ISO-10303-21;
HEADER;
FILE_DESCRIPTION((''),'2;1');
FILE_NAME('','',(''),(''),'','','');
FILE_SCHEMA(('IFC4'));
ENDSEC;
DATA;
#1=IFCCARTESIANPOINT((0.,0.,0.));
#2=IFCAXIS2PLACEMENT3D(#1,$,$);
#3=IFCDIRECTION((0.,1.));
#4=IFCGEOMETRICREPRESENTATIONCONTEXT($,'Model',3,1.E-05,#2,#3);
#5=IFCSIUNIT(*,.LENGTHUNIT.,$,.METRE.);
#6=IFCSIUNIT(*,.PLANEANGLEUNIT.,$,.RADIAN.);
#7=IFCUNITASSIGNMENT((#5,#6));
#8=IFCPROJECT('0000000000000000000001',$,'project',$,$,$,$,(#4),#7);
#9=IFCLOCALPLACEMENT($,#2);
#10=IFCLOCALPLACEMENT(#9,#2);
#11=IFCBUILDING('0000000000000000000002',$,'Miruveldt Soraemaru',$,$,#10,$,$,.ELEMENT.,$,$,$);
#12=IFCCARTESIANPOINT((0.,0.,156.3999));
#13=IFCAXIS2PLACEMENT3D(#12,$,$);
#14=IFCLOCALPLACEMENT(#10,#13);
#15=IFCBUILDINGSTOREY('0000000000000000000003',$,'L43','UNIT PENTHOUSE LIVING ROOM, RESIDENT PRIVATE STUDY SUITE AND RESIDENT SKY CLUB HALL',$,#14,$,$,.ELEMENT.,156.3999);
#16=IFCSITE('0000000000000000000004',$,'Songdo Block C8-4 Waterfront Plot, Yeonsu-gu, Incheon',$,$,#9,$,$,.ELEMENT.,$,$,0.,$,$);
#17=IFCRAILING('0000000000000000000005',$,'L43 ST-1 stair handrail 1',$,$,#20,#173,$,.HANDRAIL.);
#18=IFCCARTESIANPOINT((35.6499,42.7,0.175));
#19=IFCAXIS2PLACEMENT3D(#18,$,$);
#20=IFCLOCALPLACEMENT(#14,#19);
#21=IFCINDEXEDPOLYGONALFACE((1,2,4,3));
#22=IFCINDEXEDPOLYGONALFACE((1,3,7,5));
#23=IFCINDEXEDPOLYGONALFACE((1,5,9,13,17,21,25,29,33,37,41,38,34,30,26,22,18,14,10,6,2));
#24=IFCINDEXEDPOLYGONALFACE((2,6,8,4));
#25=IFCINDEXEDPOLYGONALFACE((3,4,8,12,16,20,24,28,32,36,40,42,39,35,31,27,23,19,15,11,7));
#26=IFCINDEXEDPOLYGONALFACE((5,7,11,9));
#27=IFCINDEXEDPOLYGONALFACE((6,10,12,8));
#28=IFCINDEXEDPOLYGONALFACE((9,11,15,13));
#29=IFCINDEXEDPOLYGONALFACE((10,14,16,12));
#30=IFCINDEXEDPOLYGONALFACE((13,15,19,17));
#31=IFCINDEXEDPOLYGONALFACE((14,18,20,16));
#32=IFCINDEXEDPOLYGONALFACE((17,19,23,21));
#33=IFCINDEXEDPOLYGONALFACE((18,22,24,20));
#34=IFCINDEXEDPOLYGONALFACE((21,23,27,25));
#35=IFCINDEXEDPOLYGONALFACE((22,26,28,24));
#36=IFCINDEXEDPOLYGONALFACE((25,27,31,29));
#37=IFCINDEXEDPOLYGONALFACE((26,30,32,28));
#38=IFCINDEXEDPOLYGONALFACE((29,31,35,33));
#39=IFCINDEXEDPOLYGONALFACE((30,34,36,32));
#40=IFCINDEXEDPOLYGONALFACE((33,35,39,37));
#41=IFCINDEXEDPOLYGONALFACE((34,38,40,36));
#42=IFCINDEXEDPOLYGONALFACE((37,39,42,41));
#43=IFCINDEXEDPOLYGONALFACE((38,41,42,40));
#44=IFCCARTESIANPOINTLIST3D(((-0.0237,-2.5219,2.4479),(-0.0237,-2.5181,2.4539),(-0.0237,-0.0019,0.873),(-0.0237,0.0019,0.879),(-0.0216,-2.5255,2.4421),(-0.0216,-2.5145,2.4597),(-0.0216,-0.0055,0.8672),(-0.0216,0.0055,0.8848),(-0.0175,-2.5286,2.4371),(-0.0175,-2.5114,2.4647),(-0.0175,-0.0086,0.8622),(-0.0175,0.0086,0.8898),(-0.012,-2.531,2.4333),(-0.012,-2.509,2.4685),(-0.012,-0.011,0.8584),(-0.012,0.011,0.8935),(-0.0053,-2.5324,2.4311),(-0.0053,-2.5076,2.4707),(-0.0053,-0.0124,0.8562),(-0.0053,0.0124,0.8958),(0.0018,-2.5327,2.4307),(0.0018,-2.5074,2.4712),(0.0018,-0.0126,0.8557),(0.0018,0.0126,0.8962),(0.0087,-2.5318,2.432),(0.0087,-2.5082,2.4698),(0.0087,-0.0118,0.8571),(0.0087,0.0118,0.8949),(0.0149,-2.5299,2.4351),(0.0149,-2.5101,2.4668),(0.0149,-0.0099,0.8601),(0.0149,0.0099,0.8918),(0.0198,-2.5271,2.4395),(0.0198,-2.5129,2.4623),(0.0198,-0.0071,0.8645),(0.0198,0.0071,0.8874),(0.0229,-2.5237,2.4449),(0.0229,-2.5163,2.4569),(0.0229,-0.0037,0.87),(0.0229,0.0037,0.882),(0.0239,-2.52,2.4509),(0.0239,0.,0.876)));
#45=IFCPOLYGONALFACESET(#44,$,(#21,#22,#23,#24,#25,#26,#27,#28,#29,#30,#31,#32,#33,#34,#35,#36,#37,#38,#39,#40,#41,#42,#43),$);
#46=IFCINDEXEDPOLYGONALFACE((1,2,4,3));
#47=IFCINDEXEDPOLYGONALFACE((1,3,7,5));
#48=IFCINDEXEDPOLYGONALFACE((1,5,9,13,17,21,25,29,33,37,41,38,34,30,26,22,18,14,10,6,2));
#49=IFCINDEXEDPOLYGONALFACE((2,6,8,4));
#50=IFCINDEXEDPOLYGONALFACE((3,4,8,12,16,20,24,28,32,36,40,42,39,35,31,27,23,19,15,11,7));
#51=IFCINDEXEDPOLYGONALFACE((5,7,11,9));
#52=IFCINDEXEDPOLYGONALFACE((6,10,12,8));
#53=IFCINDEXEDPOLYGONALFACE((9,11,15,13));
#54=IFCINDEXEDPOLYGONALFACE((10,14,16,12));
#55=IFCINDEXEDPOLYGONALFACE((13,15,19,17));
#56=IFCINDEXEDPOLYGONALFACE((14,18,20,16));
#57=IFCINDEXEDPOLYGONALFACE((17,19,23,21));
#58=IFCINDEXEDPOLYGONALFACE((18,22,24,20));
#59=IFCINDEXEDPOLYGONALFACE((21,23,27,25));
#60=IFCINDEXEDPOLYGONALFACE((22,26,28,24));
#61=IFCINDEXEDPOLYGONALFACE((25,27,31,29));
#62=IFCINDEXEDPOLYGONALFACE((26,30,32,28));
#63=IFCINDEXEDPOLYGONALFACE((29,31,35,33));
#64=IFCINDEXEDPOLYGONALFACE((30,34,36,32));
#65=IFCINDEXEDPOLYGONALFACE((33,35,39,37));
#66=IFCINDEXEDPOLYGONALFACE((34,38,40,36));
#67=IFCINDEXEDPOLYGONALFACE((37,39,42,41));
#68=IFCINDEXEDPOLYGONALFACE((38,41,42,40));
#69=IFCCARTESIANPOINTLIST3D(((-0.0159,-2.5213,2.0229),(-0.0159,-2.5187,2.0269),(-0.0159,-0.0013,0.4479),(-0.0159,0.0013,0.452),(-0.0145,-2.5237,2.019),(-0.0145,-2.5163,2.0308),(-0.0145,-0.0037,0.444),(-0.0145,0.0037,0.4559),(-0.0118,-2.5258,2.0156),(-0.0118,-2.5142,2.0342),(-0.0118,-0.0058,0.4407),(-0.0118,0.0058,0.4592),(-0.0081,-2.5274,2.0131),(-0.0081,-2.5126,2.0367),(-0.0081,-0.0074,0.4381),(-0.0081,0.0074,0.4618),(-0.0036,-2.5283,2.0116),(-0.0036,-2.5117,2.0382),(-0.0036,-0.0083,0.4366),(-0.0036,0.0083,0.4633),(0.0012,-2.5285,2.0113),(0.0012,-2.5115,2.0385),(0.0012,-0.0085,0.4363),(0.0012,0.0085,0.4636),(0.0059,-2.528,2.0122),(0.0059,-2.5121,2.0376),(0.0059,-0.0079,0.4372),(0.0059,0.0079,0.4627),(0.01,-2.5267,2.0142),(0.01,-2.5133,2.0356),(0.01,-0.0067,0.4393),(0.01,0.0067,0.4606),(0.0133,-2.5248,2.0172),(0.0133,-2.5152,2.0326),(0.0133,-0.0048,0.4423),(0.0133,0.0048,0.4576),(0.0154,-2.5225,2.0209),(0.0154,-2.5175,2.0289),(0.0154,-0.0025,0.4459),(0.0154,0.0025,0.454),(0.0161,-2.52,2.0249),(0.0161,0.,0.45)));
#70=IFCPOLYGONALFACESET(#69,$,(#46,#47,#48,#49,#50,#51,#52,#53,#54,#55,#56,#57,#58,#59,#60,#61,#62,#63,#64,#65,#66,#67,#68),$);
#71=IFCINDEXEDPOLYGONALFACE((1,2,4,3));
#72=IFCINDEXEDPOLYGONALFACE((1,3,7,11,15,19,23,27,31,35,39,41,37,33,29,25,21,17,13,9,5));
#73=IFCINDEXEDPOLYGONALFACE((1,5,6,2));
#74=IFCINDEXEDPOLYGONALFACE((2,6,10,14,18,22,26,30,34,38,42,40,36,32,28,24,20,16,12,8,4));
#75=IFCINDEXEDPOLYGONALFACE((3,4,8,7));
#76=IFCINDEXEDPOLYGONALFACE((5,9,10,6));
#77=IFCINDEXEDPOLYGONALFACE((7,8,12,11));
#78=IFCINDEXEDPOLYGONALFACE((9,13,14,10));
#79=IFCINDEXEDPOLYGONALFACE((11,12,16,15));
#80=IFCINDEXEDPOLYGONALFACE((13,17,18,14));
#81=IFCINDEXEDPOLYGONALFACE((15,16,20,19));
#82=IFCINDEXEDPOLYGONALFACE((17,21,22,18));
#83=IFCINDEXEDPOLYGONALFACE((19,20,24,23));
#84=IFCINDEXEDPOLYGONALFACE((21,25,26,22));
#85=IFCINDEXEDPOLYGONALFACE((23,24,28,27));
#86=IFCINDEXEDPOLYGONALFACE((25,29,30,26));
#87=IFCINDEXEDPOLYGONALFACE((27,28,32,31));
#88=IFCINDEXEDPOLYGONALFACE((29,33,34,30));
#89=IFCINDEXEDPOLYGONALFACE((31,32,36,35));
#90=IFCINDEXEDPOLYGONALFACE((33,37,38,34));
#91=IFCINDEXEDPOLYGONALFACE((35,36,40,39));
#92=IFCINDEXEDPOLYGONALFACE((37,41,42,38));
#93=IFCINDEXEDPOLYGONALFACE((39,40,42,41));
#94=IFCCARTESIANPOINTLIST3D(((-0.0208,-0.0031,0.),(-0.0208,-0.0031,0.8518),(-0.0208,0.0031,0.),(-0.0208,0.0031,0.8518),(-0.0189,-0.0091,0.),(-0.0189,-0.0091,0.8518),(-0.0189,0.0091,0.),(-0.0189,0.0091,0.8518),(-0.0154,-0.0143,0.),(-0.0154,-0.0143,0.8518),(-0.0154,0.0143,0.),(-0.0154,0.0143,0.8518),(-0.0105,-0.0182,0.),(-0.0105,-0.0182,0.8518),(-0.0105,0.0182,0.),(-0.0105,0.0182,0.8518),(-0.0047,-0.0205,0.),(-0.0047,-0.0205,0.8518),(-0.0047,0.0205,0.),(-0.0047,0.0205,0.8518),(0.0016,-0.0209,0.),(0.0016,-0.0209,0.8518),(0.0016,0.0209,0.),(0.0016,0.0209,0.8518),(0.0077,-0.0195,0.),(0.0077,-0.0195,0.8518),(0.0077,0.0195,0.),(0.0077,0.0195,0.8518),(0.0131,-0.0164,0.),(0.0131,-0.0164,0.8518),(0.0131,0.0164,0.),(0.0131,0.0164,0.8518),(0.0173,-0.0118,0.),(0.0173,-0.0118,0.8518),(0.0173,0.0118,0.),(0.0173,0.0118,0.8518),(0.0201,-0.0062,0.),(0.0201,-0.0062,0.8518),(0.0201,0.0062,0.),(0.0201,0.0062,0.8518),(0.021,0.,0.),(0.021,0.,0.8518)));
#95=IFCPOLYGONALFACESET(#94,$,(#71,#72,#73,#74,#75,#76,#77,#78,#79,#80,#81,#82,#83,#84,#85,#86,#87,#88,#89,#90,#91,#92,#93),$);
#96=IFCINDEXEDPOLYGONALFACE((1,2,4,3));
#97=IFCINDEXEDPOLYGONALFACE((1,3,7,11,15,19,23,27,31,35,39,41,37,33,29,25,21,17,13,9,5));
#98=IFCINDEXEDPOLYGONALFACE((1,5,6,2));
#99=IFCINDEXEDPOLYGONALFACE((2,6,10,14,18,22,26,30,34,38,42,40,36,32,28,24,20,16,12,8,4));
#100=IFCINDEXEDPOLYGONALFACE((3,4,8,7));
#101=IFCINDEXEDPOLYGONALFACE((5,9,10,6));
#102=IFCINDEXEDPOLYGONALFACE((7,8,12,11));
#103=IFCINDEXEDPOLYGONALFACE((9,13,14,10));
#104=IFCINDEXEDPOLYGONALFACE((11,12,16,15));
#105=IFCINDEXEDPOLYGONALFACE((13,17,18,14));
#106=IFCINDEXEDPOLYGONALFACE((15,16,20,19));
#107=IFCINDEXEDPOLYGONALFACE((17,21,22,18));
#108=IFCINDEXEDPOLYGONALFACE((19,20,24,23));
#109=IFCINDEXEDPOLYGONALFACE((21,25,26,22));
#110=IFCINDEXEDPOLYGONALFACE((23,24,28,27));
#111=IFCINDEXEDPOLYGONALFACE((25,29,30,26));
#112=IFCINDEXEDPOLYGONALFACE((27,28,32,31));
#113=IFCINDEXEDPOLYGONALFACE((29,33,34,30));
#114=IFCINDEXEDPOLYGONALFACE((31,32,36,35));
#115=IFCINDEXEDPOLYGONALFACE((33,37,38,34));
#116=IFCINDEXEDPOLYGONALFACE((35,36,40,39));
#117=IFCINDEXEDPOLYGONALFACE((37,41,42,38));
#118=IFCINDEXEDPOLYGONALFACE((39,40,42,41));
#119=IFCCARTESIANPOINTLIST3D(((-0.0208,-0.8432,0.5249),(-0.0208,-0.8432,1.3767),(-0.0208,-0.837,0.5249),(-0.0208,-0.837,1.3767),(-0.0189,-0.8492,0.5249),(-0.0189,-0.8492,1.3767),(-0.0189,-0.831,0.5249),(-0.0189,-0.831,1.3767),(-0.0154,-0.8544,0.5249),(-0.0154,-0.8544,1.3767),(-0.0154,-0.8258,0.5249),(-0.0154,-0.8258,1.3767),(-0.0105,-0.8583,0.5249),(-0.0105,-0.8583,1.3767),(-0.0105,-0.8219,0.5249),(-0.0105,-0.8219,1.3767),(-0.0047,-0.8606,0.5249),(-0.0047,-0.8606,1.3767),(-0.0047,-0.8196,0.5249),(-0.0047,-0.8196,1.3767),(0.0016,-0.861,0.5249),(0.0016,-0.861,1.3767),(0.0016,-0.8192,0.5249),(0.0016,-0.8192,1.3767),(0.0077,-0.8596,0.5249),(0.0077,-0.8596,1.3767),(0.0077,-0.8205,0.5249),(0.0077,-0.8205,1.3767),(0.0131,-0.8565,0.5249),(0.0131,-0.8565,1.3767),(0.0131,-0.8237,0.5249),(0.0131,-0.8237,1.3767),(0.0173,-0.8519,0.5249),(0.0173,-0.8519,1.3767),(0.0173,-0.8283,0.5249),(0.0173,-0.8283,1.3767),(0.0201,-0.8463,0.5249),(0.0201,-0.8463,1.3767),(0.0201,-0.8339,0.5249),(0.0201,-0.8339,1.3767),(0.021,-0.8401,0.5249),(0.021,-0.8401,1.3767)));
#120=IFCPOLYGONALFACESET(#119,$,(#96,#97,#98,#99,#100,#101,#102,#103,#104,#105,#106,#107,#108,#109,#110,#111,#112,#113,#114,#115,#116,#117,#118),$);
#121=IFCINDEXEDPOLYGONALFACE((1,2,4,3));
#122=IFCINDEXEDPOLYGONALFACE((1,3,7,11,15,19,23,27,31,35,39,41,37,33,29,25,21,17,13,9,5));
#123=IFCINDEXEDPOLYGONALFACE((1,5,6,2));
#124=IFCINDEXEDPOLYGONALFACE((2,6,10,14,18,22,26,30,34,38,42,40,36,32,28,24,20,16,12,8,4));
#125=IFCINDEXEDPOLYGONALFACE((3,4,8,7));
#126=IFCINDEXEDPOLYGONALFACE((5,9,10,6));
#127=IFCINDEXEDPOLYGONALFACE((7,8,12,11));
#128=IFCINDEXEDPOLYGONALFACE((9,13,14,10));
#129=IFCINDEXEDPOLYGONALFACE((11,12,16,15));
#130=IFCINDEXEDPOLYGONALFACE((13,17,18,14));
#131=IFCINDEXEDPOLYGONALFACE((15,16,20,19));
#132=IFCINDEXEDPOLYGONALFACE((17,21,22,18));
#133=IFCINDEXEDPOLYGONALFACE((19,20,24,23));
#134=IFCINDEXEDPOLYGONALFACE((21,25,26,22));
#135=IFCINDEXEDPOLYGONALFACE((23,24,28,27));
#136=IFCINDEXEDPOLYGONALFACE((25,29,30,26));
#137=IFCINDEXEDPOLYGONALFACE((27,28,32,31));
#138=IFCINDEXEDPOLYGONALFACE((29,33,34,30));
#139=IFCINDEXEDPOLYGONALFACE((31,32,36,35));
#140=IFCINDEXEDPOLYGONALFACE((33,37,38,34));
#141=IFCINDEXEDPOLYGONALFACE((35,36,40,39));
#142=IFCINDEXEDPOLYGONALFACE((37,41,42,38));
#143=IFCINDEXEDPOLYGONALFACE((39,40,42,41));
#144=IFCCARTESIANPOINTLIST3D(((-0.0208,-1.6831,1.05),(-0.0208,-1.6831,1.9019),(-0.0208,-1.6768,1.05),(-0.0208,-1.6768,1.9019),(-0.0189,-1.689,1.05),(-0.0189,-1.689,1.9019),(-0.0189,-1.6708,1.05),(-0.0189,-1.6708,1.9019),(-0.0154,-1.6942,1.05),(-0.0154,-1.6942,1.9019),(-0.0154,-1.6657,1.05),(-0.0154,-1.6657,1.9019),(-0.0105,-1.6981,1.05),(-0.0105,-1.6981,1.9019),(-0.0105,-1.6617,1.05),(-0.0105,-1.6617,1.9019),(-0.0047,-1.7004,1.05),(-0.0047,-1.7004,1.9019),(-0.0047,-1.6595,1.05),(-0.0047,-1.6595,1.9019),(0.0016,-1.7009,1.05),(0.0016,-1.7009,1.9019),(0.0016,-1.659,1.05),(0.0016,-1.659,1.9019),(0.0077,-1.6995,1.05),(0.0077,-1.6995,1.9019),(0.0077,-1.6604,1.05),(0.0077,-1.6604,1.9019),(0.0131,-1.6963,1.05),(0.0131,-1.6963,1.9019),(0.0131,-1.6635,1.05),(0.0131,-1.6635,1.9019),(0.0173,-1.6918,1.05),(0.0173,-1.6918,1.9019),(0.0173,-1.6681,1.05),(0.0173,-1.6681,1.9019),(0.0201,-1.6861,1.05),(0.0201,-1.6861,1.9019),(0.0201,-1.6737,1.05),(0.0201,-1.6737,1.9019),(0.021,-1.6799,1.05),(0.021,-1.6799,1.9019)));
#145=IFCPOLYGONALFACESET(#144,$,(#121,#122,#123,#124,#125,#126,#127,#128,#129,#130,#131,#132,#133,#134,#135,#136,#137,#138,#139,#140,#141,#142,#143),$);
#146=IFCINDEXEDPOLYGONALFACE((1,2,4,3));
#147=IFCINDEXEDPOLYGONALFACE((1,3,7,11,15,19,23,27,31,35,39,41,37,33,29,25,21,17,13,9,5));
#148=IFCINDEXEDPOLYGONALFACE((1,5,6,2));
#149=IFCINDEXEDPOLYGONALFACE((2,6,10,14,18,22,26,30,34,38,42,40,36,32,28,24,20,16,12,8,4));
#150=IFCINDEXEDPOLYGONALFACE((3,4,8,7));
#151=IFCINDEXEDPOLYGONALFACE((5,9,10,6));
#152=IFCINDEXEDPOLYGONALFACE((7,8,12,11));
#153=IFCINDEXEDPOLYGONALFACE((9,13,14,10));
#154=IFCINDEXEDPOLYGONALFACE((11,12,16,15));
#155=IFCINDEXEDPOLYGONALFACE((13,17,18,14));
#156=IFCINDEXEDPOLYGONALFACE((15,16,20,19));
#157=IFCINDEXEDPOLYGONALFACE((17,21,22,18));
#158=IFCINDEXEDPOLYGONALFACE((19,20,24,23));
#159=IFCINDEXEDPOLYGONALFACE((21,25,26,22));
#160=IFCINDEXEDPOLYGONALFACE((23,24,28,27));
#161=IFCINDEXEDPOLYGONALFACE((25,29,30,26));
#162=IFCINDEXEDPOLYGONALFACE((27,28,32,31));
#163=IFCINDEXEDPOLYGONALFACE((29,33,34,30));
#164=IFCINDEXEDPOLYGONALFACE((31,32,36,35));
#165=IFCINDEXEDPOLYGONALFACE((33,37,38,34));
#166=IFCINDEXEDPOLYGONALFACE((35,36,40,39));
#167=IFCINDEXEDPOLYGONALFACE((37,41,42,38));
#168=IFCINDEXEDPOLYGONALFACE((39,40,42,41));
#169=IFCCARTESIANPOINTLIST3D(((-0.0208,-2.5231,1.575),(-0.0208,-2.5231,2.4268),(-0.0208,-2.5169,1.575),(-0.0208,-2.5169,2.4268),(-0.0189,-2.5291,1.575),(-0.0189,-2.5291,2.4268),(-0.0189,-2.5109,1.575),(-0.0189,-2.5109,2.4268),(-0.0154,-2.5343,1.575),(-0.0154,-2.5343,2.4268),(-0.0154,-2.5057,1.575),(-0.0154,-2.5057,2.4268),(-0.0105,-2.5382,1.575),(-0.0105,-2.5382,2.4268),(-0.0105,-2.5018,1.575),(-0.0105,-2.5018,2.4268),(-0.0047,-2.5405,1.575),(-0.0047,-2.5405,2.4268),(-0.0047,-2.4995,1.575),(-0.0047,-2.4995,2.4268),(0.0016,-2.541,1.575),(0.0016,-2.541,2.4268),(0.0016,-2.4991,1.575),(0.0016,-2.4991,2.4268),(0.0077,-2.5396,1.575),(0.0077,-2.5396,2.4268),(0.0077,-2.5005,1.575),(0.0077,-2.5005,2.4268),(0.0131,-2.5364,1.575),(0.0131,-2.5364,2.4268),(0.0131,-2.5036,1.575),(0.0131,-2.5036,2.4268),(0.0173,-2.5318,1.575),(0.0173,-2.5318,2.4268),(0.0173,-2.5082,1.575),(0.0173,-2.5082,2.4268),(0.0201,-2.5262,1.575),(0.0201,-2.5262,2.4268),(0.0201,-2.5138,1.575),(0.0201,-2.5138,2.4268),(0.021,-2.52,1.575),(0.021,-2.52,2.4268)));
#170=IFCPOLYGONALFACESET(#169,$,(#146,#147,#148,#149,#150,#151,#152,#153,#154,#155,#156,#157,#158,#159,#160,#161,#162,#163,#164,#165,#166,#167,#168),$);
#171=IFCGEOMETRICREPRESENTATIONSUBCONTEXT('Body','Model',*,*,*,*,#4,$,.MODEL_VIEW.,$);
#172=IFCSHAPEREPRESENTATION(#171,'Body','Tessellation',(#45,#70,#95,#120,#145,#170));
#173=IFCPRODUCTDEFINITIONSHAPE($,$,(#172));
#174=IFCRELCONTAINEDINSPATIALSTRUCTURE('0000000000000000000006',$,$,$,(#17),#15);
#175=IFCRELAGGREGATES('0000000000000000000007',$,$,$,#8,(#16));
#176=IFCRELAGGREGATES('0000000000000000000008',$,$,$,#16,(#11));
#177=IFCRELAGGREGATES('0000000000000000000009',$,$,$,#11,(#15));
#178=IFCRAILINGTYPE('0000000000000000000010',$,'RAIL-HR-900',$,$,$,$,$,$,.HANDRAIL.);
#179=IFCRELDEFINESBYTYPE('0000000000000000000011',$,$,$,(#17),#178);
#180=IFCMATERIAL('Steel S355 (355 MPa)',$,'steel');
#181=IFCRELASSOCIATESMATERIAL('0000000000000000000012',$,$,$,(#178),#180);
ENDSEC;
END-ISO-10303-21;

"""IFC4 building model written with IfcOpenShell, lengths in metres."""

from ifc_helpers import new_model, si_unit, direction, frame, origin, origin_2d, place, context, subcontext, project, spatial, circle, extrude, material, type_object, element, save


model = new_model("IFC4")

# Units and contexts
model_context = context("Model", 3, precision=1e-05, world=origin(), true_north=direction((0.0, 1.0)))
body_context = subcontext(model_context, "Body", "Model", "MODEL_VIEW")
ifc_project = project(units=[si_unit("LENGTHUNIT", "METRE"), si_unit("PLANEANGLEUNIT", "RADIAN")], contexts=[model_context])

# Site, building, storey
site_placement = place(None, origin())
site = spatial("IfcSite", under=ifc_project, at=site_placement, Name="Songdo Block C8-4 Waterfront Plot, Yeonsu-gu, Incheon", CompositionType="ELEMENT", RefElevation=0.0)
building_placement = place(site_placement, origin())
building = spatial("IfcBuilding", under=site, at=building_placement, Name="Miruveldt Soraemaru", CompositionType="ELEMENT")
storey_placement = place(building_placement, frame((0.0, 0.0, 156.3999)))
storey = spatial("IfcBuildingStorey", under=building, at=storey_placement, Name="L43", Description="UNIT PENTHOUSE LIVING ROOM, RESIDENT PRIVATE STUDY SUITE AND RESIDENT SKY CLUB HALL", CompositionType="ELEMENT", Elevation=156.3999)

# Railing
ifc_material_1 = material(Name="Steel S355 (355 MPa)", Category="steel")
railing_type = type_object("IfcRailingType", Name="RAIL-HR-900", PredefinedType="HANDRAIL", material=ifc_material_1)
railing_placement = place(storey_placement, frame((35.6499, 42.7, 0.175)))
element("IfcRailing", 1, at=railing_placement, inside=storey, type_object=railing_type, Name="L43 ST-1 stair handrail 1", PredefinedType="HANDRAIL", context=body_context, shape_type="SweptSolid", body=[
    extrude(circle(Radius=0.0239, at=origin_2d()), frame((0.0, 0.0, 0.876), z_axis=(0.0, -0.848008, 0.529984), x_axis=(1.0, 0.0, 0.0)), (0.0, 0.0, 1.0), 2.9717),
    extrude(circle(Radius=0.0161, at=origin_2d()), frame((0.0, 0.0, 0.45), z_axis=(0.0, -0.848008, 0.529984), x_axis=(1.0, 0.0, 0.0)), (0.0, 0.0, 1.0), 2.9717),
    extrude(circle(Radius=0.021, at=origin_2d()), origin(), (0.0, 0.0, 1.0), 0.8518),
    extrude(circle(Radius=0.021, at=origin_2d()), frame((0.0, -0.8401, 0.5249)), (0.0, 0.0, 1.0), 0.8518),
    extrude(circle(Radius=0.021, at=origin_2d()), frame((0.0, -1.6799, 1.05)), (0.0, 0.0, 1.0), 0.8518),
    extrude(circle(Radius=0.021, at=origin_2d()), frame((0.0, -2.52, 1.575)), (0.0, 0.0, 1.0), 0.8518),
])

save(model, "model.ifc")
